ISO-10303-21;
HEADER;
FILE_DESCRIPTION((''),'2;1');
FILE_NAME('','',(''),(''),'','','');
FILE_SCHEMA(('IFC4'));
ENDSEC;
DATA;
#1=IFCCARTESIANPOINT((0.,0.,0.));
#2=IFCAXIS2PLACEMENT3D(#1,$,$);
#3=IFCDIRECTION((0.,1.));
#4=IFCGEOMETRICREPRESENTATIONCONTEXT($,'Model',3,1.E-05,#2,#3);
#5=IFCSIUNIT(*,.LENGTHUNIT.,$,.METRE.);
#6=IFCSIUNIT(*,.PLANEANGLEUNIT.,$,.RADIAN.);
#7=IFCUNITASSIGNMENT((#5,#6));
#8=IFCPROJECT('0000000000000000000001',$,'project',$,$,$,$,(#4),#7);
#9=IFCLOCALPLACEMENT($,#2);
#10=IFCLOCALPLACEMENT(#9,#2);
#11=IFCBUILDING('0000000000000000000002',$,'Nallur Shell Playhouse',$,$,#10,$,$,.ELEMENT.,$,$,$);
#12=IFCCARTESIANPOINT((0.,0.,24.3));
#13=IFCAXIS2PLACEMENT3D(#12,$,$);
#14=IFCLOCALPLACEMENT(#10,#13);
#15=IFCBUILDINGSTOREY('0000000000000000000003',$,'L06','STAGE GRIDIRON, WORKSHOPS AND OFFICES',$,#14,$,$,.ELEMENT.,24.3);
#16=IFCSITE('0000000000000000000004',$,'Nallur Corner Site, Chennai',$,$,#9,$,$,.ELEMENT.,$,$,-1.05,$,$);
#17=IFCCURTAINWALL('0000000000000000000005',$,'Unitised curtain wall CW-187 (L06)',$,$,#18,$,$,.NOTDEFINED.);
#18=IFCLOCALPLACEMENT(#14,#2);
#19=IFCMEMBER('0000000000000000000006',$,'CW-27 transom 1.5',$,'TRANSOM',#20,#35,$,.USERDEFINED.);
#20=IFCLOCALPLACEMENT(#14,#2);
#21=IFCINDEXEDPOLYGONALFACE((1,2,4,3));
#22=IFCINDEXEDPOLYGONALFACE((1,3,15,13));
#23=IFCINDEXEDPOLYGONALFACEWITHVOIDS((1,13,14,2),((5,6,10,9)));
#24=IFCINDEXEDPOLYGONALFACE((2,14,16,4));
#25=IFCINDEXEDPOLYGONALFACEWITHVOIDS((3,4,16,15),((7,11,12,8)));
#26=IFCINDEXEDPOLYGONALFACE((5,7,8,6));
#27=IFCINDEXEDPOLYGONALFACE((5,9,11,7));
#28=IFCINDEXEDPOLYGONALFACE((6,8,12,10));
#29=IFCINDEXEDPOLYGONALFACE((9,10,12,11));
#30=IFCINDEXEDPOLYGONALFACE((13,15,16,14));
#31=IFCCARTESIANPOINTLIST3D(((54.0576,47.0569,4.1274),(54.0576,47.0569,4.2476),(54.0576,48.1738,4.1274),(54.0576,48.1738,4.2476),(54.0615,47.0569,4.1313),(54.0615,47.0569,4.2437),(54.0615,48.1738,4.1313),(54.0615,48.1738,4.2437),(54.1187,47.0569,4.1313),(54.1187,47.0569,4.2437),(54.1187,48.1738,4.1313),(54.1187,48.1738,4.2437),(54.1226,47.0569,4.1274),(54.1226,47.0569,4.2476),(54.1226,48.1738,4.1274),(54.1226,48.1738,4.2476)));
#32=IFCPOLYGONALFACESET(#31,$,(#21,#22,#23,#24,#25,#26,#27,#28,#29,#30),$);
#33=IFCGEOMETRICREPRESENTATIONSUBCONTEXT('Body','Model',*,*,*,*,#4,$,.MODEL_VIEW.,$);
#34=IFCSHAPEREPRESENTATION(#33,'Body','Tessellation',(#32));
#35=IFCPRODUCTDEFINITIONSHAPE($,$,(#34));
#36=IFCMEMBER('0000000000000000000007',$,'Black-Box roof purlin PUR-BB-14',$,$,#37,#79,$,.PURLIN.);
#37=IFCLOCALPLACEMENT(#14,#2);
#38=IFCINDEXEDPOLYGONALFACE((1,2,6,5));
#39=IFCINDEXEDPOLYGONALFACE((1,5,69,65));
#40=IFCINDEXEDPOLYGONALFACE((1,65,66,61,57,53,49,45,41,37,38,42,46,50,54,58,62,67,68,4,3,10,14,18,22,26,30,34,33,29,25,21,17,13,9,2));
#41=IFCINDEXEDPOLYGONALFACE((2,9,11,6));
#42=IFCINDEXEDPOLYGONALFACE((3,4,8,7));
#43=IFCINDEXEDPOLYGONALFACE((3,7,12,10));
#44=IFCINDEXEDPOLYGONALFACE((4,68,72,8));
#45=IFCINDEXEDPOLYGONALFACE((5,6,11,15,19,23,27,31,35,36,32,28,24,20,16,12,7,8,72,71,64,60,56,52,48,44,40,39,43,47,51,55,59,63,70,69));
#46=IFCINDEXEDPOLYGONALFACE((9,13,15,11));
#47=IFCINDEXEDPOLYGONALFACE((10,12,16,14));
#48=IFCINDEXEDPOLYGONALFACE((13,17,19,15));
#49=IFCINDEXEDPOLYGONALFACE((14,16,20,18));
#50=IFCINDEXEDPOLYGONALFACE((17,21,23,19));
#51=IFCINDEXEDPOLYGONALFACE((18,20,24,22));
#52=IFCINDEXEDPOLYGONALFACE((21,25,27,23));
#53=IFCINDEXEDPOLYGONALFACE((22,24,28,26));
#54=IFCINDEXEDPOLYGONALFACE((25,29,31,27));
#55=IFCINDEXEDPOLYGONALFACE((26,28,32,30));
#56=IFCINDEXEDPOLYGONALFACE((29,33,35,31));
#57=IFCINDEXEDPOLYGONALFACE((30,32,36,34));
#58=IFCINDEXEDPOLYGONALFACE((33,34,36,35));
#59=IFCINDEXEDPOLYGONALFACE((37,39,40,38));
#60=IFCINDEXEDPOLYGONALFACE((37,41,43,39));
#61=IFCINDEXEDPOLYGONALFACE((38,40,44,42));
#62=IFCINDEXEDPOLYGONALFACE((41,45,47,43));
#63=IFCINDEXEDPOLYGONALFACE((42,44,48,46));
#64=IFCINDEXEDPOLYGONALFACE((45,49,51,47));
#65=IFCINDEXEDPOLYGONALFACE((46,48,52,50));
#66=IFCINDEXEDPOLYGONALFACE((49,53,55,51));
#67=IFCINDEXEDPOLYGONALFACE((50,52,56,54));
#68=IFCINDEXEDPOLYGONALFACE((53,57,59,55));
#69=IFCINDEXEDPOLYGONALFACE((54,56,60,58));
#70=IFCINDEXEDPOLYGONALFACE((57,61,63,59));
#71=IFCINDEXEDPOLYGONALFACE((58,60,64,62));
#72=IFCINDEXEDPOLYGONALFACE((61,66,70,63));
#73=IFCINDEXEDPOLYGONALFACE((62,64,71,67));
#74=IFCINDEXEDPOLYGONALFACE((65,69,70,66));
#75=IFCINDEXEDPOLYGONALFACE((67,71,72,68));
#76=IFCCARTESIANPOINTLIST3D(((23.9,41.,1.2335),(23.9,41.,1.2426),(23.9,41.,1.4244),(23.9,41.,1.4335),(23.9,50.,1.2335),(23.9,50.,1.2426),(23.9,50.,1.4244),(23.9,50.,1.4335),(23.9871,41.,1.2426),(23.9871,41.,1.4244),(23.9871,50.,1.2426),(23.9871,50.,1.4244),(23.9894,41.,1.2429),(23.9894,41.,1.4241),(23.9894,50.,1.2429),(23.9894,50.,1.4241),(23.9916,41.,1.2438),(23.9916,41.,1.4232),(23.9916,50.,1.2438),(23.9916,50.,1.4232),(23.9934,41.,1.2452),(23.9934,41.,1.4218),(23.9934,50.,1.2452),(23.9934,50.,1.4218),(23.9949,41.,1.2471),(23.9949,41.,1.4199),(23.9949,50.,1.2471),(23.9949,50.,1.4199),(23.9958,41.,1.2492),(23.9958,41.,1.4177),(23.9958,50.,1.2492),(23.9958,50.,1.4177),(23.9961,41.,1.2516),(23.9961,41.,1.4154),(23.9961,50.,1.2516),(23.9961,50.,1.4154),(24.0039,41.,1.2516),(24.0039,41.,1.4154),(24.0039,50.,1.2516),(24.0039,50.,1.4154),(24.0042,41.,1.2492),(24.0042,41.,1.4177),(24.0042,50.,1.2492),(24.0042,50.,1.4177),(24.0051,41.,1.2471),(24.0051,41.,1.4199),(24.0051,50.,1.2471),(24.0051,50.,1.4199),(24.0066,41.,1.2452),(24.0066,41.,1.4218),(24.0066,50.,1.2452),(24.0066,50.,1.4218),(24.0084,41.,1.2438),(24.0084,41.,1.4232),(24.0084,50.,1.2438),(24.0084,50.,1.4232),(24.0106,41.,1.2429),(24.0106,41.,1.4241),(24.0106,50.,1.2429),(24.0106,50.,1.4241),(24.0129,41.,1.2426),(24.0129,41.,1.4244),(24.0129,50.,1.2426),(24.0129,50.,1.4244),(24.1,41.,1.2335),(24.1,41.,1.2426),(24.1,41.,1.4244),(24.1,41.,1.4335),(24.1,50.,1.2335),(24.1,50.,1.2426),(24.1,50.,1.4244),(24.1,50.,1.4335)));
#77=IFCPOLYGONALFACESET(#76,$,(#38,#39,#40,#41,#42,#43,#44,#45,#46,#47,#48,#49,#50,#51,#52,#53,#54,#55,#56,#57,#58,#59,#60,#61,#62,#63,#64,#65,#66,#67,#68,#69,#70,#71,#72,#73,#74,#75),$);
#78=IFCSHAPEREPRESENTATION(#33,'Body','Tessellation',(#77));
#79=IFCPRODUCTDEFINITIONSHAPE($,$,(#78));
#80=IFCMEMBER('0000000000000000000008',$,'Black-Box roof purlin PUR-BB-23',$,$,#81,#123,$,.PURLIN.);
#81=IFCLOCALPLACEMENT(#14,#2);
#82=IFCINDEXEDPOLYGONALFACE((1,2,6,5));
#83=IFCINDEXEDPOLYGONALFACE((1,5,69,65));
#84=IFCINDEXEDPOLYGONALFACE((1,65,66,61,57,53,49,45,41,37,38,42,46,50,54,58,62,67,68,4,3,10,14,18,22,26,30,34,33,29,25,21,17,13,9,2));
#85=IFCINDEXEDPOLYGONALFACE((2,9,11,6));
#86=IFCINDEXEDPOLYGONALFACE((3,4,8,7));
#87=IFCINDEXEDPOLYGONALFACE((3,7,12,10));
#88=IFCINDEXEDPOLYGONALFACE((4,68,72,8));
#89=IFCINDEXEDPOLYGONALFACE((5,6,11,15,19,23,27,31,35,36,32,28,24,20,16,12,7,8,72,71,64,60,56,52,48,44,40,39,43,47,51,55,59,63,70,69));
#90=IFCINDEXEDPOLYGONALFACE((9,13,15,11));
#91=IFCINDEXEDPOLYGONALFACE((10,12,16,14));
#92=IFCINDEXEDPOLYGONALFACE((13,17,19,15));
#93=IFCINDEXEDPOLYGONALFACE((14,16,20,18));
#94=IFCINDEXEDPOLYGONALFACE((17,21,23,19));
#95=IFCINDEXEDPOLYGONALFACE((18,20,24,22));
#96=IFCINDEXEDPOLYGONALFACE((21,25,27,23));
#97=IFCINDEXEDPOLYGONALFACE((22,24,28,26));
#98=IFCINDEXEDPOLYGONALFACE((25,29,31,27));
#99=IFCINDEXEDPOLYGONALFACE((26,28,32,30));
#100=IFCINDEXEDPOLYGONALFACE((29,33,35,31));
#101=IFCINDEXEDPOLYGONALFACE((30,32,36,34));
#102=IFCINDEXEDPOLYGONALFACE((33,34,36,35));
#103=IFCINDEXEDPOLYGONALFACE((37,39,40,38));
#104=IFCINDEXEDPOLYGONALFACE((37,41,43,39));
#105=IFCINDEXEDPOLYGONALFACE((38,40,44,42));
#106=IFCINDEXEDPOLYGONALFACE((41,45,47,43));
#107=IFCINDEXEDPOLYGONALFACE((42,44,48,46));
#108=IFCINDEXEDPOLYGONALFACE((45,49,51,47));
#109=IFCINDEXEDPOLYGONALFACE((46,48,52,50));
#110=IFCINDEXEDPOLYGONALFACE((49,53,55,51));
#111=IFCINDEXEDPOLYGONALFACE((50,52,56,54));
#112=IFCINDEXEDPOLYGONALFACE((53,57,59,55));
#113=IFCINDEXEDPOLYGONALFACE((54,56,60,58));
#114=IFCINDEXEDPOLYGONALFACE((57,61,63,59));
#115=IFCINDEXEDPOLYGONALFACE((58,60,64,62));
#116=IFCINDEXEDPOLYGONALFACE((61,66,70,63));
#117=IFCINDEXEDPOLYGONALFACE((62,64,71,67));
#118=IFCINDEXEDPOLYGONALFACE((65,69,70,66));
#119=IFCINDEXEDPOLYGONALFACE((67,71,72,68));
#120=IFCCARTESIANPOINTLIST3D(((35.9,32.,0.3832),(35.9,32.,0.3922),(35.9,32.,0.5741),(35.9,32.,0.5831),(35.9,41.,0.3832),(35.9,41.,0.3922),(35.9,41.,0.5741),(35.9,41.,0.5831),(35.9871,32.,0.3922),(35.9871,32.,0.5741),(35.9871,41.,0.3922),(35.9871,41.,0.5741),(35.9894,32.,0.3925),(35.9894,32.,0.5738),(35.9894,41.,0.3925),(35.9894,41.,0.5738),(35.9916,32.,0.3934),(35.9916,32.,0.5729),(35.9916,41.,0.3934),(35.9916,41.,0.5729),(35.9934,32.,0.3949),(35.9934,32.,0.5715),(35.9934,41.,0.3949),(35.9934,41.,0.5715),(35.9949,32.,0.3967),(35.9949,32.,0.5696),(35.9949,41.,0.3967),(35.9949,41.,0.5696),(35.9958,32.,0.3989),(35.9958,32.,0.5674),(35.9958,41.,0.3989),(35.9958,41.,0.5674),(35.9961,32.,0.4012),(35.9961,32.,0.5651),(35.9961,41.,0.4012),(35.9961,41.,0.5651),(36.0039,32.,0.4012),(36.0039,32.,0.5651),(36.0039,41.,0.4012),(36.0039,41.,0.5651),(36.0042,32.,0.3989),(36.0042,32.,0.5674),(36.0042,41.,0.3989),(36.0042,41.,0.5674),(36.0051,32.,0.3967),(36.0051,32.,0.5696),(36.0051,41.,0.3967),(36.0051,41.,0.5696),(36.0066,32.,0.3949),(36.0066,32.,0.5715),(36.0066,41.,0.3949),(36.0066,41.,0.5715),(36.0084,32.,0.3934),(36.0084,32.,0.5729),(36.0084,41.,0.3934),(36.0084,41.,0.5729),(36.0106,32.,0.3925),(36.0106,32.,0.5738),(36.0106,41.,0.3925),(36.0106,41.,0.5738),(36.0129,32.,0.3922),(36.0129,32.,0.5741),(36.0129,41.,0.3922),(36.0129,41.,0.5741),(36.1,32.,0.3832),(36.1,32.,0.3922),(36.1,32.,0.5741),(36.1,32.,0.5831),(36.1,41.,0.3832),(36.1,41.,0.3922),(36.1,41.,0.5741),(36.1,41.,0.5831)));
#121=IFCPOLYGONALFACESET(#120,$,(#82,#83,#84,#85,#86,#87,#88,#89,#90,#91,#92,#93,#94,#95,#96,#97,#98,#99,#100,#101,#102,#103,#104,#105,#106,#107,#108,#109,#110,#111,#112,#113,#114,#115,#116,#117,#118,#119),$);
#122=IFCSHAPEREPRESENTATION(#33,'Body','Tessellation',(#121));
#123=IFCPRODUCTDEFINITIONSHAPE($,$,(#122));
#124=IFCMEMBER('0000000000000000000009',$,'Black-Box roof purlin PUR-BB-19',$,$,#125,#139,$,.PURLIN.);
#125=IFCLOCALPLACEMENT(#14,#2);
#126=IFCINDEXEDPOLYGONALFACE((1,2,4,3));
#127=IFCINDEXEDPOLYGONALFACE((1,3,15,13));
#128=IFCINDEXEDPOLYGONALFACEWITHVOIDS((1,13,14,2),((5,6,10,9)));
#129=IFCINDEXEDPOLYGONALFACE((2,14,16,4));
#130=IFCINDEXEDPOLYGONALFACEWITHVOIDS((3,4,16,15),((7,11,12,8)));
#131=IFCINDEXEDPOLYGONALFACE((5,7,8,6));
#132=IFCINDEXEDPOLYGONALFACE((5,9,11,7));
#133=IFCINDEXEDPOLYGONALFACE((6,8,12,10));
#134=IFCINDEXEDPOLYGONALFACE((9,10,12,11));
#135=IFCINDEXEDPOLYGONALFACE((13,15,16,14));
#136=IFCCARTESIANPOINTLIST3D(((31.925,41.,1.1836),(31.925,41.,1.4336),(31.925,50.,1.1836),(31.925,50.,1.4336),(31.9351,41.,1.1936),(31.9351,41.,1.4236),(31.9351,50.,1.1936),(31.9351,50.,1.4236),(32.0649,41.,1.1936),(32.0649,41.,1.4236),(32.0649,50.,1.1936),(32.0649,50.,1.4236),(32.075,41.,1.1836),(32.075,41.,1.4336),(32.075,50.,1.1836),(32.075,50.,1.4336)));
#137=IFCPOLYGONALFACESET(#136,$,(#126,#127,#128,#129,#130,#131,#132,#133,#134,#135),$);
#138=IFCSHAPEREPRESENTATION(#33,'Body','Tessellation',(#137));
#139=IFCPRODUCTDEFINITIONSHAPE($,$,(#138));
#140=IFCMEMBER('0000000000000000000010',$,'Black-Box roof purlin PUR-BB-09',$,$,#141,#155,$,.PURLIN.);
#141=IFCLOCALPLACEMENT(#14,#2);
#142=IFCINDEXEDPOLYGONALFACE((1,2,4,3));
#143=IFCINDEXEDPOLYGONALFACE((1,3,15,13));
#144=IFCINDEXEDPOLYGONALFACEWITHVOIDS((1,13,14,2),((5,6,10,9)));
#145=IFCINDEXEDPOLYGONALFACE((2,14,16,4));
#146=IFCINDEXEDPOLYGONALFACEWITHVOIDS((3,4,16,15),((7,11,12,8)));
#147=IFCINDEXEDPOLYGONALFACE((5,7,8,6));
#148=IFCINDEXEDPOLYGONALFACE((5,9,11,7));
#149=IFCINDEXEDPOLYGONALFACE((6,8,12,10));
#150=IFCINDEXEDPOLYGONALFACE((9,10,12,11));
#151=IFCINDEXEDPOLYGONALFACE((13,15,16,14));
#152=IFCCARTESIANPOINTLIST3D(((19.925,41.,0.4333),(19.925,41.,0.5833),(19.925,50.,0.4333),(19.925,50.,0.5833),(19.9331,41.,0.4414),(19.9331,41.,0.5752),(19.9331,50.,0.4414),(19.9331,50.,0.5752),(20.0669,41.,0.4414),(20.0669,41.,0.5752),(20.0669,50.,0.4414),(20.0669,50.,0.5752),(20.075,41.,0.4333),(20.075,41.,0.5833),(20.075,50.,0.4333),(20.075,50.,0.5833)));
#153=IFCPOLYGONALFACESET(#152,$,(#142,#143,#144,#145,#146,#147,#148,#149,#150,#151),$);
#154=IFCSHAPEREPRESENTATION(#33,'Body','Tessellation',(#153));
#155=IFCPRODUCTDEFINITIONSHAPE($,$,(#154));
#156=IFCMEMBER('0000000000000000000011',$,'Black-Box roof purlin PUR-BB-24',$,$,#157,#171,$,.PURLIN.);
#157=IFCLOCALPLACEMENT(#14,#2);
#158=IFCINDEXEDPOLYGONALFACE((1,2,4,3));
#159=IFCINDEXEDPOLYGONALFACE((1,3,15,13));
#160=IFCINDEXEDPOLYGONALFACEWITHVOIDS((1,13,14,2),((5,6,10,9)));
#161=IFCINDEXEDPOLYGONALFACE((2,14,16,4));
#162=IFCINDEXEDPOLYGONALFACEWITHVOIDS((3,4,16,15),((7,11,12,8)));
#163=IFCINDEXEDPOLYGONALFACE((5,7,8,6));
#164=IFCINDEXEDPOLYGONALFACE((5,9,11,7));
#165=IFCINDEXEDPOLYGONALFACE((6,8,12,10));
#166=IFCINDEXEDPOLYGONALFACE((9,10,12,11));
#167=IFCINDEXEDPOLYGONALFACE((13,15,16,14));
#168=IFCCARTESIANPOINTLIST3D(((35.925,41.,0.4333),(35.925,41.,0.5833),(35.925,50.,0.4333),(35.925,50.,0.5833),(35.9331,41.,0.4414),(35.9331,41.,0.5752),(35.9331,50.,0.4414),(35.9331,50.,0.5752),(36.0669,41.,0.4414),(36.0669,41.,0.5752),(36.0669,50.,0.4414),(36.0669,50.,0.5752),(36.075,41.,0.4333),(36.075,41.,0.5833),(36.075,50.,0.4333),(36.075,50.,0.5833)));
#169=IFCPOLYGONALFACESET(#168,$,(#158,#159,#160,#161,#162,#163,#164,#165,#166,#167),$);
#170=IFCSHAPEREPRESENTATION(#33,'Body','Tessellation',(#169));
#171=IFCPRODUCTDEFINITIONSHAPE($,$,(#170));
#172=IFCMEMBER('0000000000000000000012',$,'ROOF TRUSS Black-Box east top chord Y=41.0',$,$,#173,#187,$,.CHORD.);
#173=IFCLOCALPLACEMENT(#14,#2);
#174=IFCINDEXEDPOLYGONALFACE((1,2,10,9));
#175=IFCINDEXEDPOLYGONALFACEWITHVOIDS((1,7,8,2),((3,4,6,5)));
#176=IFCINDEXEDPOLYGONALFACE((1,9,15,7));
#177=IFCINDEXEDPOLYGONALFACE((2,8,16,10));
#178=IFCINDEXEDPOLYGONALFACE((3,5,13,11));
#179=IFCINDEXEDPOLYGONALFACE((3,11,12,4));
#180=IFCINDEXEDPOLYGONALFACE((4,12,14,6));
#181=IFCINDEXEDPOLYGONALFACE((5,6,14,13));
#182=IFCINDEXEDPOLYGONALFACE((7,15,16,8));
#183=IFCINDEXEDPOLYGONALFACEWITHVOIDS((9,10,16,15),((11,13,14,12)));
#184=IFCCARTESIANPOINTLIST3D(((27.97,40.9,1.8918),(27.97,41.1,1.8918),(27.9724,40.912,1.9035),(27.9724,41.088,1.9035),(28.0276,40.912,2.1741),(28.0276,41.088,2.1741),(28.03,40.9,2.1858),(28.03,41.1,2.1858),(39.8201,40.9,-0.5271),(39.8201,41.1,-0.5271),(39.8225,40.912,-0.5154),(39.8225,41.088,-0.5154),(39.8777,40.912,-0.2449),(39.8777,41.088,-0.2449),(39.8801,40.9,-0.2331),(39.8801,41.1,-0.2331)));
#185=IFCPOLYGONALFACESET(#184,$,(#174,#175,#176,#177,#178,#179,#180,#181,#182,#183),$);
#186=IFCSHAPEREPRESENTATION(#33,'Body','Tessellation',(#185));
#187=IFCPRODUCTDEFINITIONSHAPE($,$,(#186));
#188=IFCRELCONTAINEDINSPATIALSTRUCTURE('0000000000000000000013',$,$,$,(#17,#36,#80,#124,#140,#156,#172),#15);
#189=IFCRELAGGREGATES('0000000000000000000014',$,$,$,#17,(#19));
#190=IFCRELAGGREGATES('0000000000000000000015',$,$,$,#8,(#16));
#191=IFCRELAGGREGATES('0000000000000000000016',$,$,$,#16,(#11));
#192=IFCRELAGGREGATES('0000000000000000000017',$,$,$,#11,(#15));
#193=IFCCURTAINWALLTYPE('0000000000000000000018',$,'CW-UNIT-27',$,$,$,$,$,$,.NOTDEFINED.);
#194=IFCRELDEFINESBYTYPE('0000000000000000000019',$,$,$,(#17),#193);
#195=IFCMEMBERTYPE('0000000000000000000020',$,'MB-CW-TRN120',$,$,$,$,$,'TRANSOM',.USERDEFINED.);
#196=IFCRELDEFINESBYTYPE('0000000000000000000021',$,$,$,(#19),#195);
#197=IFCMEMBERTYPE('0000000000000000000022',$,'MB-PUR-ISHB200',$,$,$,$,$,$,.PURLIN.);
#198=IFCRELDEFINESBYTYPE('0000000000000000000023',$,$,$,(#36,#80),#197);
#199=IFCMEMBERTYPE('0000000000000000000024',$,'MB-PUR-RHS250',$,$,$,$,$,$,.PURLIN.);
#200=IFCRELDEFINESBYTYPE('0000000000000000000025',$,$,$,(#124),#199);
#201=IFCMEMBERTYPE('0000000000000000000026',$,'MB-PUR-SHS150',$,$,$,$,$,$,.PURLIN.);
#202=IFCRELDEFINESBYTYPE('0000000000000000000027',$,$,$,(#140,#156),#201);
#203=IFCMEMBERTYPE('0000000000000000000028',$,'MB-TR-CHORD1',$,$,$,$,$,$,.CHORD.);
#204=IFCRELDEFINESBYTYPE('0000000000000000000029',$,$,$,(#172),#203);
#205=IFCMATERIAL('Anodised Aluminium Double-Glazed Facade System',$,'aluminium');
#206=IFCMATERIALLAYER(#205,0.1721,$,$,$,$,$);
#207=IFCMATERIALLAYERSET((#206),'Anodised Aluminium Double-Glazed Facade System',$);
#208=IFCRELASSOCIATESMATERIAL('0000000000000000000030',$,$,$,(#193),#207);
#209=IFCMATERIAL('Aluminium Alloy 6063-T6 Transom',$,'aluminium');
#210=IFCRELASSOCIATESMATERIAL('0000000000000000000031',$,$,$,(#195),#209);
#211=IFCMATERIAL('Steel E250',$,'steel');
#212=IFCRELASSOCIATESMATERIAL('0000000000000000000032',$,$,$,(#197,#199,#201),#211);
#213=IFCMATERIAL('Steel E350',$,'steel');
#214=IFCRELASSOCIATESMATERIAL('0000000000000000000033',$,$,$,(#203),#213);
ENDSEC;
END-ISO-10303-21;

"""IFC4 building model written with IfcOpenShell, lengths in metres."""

from ifc_helpers import new_model, si_unit, direction, frame, origin, origin_2d, place, context, subcontext, project, spatial, hollow_rectangle, i_section, extrude, material, layer, layer_set, material_profile, profile_set, type_object, element, aggregate, save


model = new_model("IFC4")

# Units and contexts
model_context = context("Model", 3, precision=1e-05, world=origin(), true_north=direction((0.0, 1.0)))
body_context = subcontext(model_context, "Body", "Model", "MODEL_VIEW")
ifc_project = project(units=[si_unit("LENGTHUNIT", "METRE"), si_unit("PLANEANGLEUNIT", "RADIAN")], contexts=[model_context])

# Site, building, storey
site_placement = place(None, origin())
site = spatial("IfcSite", under=ifc_project, at=site_placement, Name="Nallur Corner Site, Chennai", CompositionType="ELEMENT", RefElevation=-1.05)
building_placement = place(site_placement, origin())
building = spatial("IfcBuilding", under=site, at=building_placement, Name="Nallur Shell Playhouse", CompositionType="ELEMENT")
storey_placement = place(building_placement, frame((0.0, 0.0, 24.3)))
storey = spatial("IfcBuildingStorey", under=building, at=storey_placement, Name="L06", Description="STAGE GRIDIRON, WORKSHOPS AND OFFICES", CompositionType="ELEMENT", Elevation=24.3)

# Shared definitions
ifc_material_1 = material(Name="Steel E350", Category="steel")

# Curtain wall, member
ifc_material_2 = material(Name="Anodised Aluminium Double-Glazed Facade System", Category="aluminium")
ifc_layer_1 = layer(ifc_material_2, 0.1721)
ifc_layer_set_1 = layer_set([ifc_layer_1], Name="Anodised Aluminium Double-Glazed Facade System")
curtain_wall_type = type_object("IfcCurtainWallType", Name="CW-UNIT-27", PredefinedType="NOTDEFINED", material=ifc_layer_set_1)
curtain_wall_placement = place(storey_placement, origin())
curtain_wall = element("IfcCurtainWall", 1, at=curtain_wall_placement, inside=storey, type_object=curtain_wall_type, Name="Unitised curtain wall CW-187 (L06)", PredefinedType="NOTDEFINED")
ifc_material_3 = material(Name="Aluminium Alloy 6063-T6 Transom", Category="aluminium")
ifc_material_profile_1 = material_profile(ifc_material_3, hollow_rectangle(XDim=0.0649, YDim=0.1201, WallThickness=0.0039, at=origin_2d()), Name="ALU 65x120x4")
ifc_profile_set_1 = profile_set([ifc_material_profile_1], Name="Aluminium Alloy 6063-T6 Transom")
member_type_1 = type_object("IfcMemberType", Name="MB-CW-TRN120", ElementType="TRANSOM", PredefinedType="USERDEFINED", material=ifc_profile_set_1)
member_1_placement = place(storey_placement, frame((54.0901, 47.0569, 4.1875), z_axis=(0.0, 1.0, 0.0), x_axis=(-1.0, 0.0, 0.0)))
member_1 = element("IfcMember", 2, at=member_1_placement, type_object=member_type_1, Name="CW-27 transom 1.5", ObjectType="TRANSOM", PredefinedType="USERDEFINED", context=body_context, shape_type="SweptSolid", body=[
    extrude(hollow_rectangle(XDim=0.0649, YDim=0.1201, WallThickness=0.0039, at=origin_2d()), origin(), (0.0, 0.0, 1.0), 1.1169),
])

# Members
ifc_material_4 = material(Name="Steel E250", Category="steel")
ifc_material_profile_2 = material_profile(ifc_material_4, i_section(OverallWidth=0.2, OverallDepth=0.2, WebThickness=0.0078, FlangeThickness=0.009, FilletRadius=0.009, at=origin_2d()), Name="ISHB 200")
ifc_profile_set_2 = profile_set([ifc_material_profile_2], Name="Steel E250")
member_type_2 = type_object("IfcMemberType", Name="MB-PUR-ISHB200", PredefinedType="PURLIN", material=ifc_profile_set_2)
for number, where, z_axis, x_axis, name in (
    (3, (24.0, 41.0, 1.3335), (0.0, 1.0, 0.0), (-1.0, 0.0, 0.0), "Black-Box roof purlin PUR-BB-14"),
    (4, (36.0, 32.0, 0.4832), (0.0, 1.0, 0.0), (-1.0, 0.0, 0.0), "Black-Box roof purlin PUR-BB-23"),
):
    element("IfcMember", number, at=place(storey_placement, frame(where, z_axis=z_axis, x_axis=x_axis)), inside=storey, type_object=member_type_2, Name=name, PredefinedType="PURLIN", context=body_context, shape_type="SweptSolid", body=[
        extrude(i_section(OverallWidth=0.2, OverallDepth=0.2, WebThickness=0.0078, FlangeThickness=0.009, FilletRadius=0.009, at=origin_2d()), origin(), (0.0, 0.0, 1.0), 9.0),
    ])
ifc_material_profile_3 = material_profile(ifc_material_4, hollow_rectangle(XDim=0.1499, YDim=0.25, WallThickness=0.01, at=origin_2d()), Name="RHS 250x150x10")
ifc_profile_set_3 = profile_set([ifc_material_profile_3], Name="Steel E250")
member_type_3 = type_object("IfcMemberType", Name="MB-PUR-RHS250", PredefinedType="PURLIN", material=ifc_profile_set_3)
member_2_placement = place(storey_placement, frame((32.0, 41.0, 1.3086), z_axis=(0.0, 1.0, 0.0), x_axis=(-1.0, 0.0, 0.0)))
element("IfcMember", 5, at=member_2_placement, inside=storey, type_object=member_type_3, Name="Black-Box roof purlin PUR-BB-19", PredefinedType="PURLIN", context=body_context, shape_type="SweptSolid", body=[
    extrude(hollow_rectangle(XDim=0.1499, YDim=0.25, WallThickness=0.01, at=origin_2d()), origin(), (0.0, 0.0, 1.0), 9.0),
])
ifc_material_profile_4 = material_profile(ifc_material_4, hollow_rectangle(XDim=0.1499, YDim=0.1499, WallThickness=0.0081, at=origin_2d()), Name="SHS 150x150x8")
ifc_profile_set_4 = profile_set([ifc_material_profile_4], Name="Steel E250")
member_type_4 = type_object("IfcMemberType", Name="MB-PUR-SHS150", PredefinedType="PURLIN", material=ifc_profile_set_4)
for number, where, z_axis, x_axis, name in (
    (6, (20.0, 41.0, 0.5083), (0.0, 1.0, 0.0), (-1.0, 0.0, 0.0), "Black-Box roof purlin PUR-BB-09"),
    (7, (36.0, 41.0, 0.5083), (0.0, 1.0, 0.0), (-1.0, 0.0, 0.0), "Black-Box roof purlin PUR-BB-24"),
):
    element("IfcMember", number, at=place(storey_placement, frame(where, z_axis=z_axis, x_axis=x_axis)), inside=storey, type_object=member_type_4, Name=name, PredefinedType="PURLIN", context=body_context, shape_type="SweptSolid", body=[
        extrude(hollow_rectangle(XDim=0.1499, YDim=0.1499, WallThickness=0.0081, at=origin_2d()), origin(), (0.0, 0.0, 1.0), 9.0),
    ])
ifc_material_profile_5 = material_profile(ifc_material_1, hollow_rectangle(XDim=0.2, YDim=0.3, WallThickness=0.012, at=origin_2d()), Name="RHS 300x200x12")
ifc_profile_set_5 = profile_set([ifc_material_profile_5], Name="Steel E350")
member_type_5 = type_object("IfcMemberType", Name="MB-TR-CHORD1", PredefinedType="CHORD", material=ifc_profile_set_5)
member_3_placement = place(storey_placement, frame((28.0, 41.0, 2.0388), z_axis=(0.979795, 0.0, -0.200004), x_axis=(0.0, 1.0, 0.0)))
element("IfcMember", 8, at=member_3_placement, inside=storey, type_object=member_type_5, Name="ROOF TRUSS Black-Box east top chord Y=41.0", PredefinedType="CHORD", context=body_context, shape_type="SweptSolid", body=[
    extrude(hollow_rectangle(XDim=0.2, YDim=0.3, WallThickness=0.012, at=origin_2d()), origin(), (0.0, 0.0, 1.0), 12.0945),
])

aggregate(curtain_wall, [member_1])

save(model, "model.ifc")
